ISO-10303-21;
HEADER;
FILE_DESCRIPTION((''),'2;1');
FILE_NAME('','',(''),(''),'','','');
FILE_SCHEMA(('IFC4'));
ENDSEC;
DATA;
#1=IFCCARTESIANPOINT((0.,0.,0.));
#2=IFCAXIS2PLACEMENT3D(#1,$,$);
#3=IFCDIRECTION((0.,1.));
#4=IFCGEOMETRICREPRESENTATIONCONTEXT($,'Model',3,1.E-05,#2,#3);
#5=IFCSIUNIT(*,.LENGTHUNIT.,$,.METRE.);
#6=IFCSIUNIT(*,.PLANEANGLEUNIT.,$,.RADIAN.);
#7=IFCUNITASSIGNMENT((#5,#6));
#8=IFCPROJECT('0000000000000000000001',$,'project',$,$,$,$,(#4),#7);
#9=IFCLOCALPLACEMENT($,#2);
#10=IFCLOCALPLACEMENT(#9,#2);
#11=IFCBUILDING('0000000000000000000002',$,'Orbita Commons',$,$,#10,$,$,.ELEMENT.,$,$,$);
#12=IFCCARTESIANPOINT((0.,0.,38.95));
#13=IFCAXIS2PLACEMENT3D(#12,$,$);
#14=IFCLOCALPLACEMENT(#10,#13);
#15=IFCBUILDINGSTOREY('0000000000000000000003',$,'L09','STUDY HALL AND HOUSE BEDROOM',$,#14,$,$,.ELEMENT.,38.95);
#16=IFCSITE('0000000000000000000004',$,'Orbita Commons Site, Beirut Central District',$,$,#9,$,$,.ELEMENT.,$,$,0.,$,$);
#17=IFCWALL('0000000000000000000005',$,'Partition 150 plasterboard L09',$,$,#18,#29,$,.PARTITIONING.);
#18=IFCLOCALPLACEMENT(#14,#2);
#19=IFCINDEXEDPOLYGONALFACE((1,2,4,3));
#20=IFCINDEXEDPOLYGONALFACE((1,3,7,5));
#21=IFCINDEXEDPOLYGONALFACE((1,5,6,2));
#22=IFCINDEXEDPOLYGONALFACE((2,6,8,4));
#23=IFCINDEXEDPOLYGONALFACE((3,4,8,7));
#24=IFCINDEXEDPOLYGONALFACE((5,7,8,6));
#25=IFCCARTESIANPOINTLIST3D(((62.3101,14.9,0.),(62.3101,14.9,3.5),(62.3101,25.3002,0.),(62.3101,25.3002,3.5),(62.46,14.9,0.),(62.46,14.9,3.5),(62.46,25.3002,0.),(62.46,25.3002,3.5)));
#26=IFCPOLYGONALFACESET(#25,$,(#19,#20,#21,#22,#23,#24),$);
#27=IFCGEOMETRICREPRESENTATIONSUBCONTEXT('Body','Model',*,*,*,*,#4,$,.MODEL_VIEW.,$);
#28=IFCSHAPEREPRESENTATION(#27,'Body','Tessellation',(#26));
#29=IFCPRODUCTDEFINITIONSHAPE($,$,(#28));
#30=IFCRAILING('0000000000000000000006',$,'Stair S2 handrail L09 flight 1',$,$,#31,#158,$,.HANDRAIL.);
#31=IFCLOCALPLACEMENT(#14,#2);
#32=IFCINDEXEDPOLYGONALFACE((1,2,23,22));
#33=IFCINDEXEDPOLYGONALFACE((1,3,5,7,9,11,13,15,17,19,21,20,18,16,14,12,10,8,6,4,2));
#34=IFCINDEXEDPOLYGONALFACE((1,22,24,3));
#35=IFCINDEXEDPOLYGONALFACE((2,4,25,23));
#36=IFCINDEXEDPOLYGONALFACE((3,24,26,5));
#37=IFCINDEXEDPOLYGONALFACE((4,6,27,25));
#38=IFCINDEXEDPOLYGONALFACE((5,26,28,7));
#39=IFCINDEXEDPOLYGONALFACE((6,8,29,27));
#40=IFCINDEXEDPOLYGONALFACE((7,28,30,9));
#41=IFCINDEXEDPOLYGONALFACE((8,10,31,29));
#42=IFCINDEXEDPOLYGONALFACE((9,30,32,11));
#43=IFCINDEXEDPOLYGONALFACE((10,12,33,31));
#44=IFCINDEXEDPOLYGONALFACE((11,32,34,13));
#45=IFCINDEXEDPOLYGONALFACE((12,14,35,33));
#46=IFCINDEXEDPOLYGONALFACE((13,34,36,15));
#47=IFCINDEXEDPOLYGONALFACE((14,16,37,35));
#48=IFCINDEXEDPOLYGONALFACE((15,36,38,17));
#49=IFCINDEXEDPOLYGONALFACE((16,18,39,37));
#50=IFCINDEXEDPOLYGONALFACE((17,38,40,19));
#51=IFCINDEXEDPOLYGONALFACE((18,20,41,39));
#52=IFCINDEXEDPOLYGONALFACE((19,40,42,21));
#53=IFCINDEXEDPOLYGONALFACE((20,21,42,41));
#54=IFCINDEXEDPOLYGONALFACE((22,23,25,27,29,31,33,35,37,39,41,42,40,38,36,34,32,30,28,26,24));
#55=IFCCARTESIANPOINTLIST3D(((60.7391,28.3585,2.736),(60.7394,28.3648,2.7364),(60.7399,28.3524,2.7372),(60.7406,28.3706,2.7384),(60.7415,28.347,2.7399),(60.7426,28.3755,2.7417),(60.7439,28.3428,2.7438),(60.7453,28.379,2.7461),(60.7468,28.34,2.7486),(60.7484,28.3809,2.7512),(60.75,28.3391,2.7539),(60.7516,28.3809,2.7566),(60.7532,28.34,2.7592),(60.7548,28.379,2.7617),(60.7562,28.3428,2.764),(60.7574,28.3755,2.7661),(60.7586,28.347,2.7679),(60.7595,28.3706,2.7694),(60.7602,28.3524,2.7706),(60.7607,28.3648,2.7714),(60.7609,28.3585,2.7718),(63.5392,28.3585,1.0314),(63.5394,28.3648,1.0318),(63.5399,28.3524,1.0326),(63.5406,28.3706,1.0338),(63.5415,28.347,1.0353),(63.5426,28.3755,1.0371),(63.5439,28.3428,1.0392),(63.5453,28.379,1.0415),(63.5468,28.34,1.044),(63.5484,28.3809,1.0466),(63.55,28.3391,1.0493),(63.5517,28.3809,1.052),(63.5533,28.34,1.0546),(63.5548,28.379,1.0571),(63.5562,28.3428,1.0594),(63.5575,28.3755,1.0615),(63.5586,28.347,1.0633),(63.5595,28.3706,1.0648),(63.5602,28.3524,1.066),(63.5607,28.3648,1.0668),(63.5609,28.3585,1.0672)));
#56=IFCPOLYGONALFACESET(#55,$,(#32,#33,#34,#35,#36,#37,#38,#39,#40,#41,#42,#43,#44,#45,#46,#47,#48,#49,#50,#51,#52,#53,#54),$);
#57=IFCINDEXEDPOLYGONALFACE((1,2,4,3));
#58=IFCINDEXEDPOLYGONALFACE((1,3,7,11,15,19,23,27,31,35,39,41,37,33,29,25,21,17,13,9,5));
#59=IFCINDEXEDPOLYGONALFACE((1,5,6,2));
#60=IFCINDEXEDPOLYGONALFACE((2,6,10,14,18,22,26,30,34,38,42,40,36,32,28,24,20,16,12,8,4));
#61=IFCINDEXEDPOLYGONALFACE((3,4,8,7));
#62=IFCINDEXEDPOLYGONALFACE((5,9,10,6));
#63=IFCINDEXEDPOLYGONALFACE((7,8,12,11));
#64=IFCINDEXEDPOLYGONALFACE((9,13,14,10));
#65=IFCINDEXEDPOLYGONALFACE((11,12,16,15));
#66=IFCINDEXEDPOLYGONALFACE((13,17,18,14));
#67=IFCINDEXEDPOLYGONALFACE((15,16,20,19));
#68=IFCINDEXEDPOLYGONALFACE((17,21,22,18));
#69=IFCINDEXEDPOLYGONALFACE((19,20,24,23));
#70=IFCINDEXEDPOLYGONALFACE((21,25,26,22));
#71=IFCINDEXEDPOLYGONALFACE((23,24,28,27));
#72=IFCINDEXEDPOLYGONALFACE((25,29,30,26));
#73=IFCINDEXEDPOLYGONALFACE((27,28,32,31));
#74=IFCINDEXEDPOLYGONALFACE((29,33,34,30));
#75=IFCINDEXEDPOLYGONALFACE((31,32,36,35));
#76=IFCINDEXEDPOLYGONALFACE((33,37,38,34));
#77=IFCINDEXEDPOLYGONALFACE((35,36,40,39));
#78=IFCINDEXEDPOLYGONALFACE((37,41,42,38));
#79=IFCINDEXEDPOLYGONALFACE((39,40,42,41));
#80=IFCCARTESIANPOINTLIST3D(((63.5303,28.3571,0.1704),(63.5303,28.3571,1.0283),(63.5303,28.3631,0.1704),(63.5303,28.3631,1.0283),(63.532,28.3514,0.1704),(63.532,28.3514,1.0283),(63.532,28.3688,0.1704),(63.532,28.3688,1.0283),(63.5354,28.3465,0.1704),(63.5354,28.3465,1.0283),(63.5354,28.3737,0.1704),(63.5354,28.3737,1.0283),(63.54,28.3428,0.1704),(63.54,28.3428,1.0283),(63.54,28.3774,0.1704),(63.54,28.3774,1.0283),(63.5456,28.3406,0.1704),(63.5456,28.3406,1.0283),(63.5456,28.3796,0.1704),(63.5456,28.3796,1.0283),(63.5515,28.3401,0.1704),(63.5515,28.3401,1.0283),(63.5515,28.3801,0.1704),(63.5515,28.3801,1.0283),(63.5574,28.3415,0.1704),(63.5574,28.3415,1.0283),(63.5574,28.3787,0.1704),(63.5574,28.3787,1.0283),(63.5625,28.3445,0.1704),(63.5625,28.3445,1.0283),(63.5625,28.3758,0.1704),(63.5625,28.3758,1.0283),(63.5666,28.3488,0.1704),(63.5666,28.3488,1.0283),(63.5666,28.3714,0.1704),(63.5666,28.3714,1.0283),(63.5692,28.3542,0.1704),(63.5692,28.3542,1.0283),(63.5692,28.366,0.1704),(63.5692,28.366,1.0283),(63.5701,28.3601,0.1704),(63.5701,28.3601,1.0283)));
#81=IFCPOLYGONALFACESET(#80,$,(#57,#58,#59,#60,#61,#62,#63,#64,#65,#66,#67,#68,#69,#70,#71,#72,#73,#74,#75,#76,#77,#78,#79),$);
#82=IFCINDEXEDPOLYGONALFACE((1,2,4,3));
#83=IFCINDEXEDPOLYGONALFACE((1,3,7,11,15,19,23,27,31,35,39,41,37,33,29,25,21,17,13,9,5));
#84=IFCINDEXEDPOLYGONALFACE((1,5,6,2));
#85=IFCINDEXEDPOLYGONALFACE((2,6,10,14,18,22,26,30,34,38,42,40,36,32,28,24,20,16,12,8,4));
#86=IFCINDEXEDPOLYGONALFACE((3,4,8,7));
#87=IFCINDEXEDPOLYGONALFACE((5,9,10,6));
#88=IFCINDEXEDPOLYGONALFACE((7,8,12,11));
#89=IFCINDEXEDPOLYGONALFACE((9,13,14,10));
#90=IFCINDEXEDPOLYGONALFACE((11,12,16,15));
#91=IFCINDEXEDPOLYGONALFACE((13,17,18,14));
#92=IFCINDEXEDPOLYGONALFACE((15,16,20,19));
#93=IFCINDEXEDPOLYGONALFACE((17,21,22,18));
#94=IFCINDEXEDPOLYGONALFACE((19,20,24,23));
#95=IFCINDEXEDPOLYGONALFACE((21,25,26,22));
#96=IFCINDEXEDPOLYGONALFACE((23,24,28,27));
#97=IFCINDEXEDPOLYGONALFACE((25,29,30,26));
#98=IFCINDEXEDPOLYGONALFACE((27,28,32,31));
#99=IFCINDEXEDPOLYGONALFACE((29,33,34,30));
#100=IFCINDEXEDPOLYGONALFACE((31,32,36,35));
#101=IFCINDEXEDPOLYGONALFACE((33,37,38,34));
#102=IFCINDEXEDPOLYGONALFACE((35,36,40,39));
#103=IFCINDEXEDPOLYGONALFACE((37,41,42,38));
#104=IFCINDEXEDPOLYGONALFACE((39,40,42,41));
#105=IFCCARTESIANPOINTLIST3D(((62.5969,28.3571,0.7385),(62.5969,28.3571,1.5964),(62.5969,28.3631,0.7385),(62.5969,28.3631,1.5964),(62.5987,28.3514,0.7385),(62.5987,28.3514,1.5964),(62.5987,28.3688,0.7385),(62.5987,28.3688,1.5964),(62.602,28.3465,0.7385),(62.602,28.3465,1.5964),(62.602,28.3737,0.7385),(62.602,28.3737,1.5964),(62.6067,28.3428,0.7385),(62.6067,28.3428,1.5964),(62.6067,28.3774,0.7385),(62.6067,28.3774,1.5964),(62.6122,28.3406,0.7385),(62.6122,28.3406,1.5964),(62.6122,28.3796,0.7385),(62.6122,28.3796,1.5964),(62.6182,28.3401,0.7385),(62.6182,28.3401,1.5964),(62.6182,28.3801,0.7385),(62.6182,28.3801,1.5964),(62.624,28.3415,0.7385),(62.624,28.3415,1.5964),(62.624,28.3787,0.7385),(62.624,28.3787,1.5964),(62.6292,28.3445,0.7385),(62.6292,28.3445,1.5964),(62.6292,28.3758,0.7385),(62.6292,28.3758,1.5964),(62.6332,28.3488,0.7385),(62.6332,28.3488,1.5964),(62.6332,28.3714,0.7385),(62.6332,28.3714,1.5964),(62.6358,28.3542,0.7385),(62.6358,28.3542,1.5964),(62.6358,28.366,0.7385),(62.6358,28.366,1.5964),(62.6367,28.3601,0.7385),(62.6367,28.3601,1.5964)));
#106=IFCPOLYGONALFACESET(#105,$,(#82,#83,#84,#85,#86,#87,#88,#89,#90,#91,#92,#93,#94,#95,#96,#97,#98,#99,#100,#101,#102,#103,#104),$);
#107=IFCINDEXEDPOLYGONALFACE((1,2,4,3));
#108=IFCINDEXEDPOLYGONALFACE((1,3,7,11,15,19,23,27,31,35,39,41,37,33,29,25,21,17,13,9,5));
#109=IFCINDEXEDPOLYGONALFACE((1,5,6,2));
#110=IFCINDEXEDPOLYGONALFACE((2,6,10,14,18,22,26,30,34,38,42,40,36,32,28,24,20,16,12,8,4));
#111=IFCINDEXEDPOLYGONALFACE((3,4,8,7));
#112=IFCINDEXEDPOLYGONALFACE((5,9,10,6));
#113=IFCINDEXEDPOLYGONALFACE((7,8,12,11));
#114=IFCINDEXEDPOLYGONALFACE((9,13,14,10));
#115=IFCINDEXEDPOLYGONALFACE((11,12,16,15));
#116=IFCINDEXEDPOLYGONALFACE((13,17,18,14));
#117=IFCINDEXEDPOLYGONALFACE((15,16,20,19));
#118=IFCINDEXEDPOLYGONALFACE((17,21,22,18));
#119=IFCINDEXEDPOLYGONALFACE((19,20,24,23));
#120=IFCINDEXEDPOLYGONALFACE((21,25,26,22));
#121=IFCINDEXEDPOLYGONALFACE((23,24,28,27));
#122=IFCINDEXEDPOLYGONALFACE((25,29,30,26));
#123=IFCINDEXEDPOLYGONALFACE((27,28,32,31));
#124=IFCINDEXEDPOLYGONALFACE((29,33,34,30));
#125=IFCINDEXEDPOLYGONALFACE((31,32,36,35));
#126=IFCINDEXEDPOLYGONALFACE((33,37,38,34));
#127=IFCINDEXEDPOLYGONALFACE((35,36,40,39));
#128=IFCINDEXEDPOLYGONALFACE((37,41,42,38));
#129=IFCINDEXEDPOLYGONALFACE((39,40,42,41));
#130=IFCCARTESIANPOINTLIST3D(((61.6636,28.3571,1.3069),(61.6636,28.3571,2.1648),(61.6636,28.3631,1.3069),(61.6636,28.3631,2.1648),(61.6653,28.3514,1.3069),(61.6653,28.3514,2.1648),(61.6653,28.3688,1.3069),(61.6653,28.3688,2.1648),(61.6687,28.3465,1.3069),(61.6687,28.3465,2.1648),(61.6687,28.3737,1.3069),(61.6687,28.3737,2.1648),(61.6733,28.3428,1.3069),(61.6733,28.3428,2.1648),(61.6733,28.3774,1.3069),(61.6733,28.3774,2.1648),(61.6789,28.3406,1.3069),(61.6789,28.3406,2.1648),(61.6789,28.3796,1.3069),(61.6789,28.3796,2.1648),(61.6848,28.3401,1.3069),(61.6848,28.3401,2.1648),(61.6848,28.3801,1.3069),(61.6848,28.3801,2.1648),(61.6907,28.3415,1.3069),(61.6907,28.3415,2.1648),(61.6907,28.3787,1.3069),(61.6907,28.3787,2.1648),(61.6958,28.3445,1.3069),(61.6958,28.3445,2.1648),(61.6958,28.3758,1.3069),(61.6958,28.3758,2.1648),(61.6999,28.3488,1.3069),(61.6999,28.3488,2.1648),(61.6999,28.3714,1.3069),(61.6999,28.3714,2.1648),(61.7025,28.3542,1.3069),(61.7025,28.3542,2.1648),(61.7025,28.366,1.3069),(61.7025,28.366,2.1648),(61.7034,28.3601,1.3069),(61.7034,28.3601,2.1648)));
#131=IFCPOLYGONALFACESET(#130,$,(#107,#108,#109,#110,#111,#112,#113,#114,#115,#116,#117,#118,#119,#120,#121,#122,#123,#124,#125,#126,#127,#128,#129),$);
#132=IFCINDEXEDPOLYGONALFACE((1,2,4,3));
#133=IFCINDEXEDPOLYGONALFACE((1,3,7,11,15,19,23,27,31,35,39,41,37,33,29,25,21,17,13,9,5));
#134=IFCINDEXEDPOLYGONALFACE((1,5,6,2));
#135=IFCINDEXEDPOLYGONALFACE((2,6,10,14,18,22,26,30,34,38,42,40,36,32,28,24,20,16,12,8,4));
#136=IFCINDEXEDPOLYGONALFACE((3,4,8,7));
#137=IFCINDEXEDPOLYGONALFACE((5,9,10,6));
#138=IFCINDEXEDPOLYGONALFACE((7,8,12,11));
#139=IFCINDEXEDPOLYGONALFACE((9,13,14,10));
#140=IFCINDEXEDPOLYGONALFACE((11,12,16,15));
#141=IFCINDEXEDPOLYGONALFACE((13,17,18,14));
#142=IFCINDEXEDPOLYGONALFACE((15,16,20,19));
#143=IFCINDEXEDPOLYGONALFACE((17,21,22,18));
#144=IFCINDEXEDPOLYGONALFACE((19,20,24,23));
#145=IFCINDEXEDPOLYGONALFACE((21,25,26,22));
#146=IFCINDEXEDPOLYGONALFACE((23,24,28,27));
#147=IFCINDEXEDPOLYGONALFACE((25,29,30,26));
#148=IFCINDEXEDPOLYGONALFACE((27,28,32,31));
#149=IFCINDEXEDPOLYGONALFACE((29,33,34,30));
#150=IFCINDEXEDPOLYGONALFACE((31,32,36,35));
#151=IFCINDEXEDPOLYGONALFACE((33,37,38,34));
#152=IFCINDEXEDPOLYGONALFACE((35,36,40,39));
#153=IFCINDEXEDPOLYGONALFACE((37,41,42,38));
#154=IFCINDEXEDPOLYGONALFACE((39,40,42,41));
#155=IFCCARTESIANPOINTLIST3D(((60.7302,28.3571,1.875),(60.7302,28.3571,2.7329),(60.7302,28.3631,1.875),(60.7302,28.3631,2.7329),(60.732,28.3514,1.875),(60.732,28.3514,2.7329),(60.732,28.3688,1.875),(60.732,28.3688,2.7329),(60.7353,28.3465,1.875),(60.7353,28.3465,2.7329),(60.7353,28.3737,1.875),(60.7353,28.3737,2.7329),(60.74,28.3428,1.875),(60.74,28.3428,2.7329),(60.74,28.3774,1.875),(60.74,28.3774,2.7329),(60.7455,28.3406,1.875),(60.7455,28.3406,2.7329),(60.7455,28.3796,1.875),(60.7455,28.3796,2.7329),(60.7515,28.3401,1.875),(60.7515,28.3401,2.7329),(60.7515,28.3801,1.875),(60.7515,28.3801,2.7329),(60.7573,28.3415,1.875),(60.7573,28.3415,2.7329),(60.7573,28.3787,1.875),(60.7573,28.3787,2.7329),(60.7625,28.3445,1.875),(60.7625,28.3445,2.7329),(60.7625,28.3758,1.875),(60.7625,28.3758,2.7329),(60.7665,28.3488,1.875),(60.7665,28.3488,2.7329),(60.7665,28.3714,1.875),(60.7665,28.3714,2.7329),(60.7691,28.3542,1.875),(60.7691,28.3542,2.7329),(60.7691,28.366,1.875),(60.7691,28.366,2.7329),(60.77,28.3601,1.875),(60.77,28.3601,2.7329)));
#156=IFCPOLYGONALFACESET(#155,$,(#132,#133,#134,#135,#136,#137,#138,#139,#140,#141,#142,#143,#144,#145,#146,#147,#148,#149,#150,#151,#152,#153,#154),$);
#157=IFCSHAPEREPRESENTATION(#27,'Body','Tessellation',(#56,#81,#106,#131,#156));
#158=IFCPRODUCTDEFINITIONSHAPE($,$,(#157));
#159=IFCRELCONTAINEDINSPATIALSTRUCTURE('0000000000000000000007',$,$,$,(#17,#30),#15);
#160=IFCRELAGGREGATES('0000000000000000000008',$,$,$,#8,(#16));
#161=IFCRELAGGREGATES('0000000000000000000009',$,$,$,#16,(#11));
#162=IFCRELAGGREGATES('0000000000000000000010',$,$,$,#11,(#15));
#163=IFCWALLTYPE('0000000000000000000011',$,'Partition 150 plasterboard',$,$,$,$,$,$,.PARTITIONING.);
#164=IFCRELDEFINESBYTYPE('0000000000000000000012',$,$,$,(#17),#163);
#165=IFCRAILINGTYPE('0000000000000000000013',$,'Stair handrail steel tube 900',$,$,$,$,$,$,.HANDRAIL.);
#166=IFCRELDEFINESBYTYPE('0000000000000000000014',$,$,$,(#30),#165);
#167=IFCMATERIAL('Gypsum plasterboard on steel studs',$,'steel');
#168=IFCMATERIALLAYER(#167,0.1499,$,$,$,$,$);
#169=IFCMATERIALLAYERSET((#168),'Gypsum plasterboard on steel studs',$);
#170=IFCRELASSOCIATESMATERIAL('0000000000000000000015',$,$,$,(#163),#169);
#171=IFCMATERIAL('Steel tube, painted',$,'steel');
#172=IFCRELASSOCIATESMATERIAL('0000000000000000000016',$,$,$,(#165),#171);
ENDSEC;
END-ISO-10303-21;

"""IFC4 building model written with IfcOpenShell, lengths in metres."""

from ifc_helpers import new_model, si_unit, direction, frame, frame_2d, origin, origin_2d, place, context, subcontext, project, spatial, rectangle, circle, extrude, material, layer, layer_set, type_object, element, save


model = new_model("IFC4")

# Units and contexts
model_context = context("Model", 3, precision=1e-05, world=origin(), true_north=direction((0.0, 1.0)))
body_context = subcontext(model_context, "Body", "Model", "MODEL_VIEW")
ifc_project = project(units=[si_unit("LENGTHUNIT", "METRE"), si_unit("PLANEANGLEUNIT", "RADIAN")], contexts=[model_context])

# Site, building, storey
site_placement = place(None, origin())
site = spatial("IfcSite", under=ifc_project, at=site_placement, Name="Orbita Commons Site, Beirut Central District", CompositionType="ELEMENT", RefElevation=0.0)
building_placement = place(site_placement, origin())
building = spatial("IfcBuilding", under=site, at=building_placement, Name="Orbita Commons", CompositionType="ELEMENT")
storey_placement = place(building_placement, frame((0.0, 0.0, 38.95)))
storey = spatial("IfcBuildingStorey", under=building, at=storey_placement, Name="L09", Description="STUDY HALL AND HOUSE BEDROOM", CompositionType="ELEMENT", Elevation=38.95)

# Wall
ifc_material_1 = material(Name="Gypsum plasterboard on steel studs", Category="steel")
ifc_layer_1 = layer(ifc_material_1, 0.1499)
ifc_layer_set_1 = layer_set([ifc_layer_1], Name="Gypsum plasterboard on steel studs")
wall_type_1 = type_object("IfcWallType", Name="Partition 150 plasterboard", PredefinedType="PARTITIONING", material=ifc_layer_set_1)
wall_1_placement = place(storey_placement, frame((62.385, 14.8999, 0.0), z_axis=(0.0, 0.0, 1.0), x_axis=(0.0, 1.0, 0.0)))
element("IfcWall", 1, at=wall_1_placement, inside=storey, type_object=wall_type_1, Name="Partition 150 plasterboard L09", PredefinedType="PARTITIONING", context=body_context, shape_type="SweptSolid", body=[
    extrude(rectangle(XDim=10.4001, YDim=0.1499, at=frame_2d((5.2002, 0.0))), origin(), (0.0, 0.0, 1.0), 3.5),
])

# Railing
ifc_material_2 = material(Name="Steel tube, painted", Category="steel")
railing_type = type_object("IfcRailingType", Name="Stair handrail steel tube 900", PredefinedType="HANDRAIL", material=ifc_material_2)
railing_placement = place(storey_placement, frame((63.55, 28.3601, 0.1704)))
element("IfcRailing", 2, at=railing_placement, inside=storey, type_object=railing_type, Name="Stair S2 handrail L09 flight 1", PredefinedType="HANDRAIL", context=body_context, shape_type="SweptSolid", body=[
    extrude(circle(Radius=0.021, at=origin_2d()), frame((0.0, 0.0, 0.8789), z_axis=(-0.85417, 0.0, 0.519994), x_axis=(0.0, -1.0, 0.0)), (0.0, 0.0, 1.0), 3.2781),
    extrude(circle(Radius=0.02, at=origin_2d()), origin(), (0.0, 0.0, 1.0), 0.8579),
    extrude(circle(Radius=0.02, at=origin_2d()), frame((-0.9333, 0.0, 0.5681)), (0.0, 0.0, 1.0), 0.8579),
    extrude(circle(Radius=0.02, at=origin_2d()), frame((-1.8667, 0.0, 1.1365)), (0.0, 0.0, 1.0), 0.8579),
    extrude(circle(Radius=0.02, at=origin_2d()), frame((-2.8, 0.0, 1.7046)), (0.0, 0.0, 1.0), 0.8579),
])

save(model, "model.ifc")
